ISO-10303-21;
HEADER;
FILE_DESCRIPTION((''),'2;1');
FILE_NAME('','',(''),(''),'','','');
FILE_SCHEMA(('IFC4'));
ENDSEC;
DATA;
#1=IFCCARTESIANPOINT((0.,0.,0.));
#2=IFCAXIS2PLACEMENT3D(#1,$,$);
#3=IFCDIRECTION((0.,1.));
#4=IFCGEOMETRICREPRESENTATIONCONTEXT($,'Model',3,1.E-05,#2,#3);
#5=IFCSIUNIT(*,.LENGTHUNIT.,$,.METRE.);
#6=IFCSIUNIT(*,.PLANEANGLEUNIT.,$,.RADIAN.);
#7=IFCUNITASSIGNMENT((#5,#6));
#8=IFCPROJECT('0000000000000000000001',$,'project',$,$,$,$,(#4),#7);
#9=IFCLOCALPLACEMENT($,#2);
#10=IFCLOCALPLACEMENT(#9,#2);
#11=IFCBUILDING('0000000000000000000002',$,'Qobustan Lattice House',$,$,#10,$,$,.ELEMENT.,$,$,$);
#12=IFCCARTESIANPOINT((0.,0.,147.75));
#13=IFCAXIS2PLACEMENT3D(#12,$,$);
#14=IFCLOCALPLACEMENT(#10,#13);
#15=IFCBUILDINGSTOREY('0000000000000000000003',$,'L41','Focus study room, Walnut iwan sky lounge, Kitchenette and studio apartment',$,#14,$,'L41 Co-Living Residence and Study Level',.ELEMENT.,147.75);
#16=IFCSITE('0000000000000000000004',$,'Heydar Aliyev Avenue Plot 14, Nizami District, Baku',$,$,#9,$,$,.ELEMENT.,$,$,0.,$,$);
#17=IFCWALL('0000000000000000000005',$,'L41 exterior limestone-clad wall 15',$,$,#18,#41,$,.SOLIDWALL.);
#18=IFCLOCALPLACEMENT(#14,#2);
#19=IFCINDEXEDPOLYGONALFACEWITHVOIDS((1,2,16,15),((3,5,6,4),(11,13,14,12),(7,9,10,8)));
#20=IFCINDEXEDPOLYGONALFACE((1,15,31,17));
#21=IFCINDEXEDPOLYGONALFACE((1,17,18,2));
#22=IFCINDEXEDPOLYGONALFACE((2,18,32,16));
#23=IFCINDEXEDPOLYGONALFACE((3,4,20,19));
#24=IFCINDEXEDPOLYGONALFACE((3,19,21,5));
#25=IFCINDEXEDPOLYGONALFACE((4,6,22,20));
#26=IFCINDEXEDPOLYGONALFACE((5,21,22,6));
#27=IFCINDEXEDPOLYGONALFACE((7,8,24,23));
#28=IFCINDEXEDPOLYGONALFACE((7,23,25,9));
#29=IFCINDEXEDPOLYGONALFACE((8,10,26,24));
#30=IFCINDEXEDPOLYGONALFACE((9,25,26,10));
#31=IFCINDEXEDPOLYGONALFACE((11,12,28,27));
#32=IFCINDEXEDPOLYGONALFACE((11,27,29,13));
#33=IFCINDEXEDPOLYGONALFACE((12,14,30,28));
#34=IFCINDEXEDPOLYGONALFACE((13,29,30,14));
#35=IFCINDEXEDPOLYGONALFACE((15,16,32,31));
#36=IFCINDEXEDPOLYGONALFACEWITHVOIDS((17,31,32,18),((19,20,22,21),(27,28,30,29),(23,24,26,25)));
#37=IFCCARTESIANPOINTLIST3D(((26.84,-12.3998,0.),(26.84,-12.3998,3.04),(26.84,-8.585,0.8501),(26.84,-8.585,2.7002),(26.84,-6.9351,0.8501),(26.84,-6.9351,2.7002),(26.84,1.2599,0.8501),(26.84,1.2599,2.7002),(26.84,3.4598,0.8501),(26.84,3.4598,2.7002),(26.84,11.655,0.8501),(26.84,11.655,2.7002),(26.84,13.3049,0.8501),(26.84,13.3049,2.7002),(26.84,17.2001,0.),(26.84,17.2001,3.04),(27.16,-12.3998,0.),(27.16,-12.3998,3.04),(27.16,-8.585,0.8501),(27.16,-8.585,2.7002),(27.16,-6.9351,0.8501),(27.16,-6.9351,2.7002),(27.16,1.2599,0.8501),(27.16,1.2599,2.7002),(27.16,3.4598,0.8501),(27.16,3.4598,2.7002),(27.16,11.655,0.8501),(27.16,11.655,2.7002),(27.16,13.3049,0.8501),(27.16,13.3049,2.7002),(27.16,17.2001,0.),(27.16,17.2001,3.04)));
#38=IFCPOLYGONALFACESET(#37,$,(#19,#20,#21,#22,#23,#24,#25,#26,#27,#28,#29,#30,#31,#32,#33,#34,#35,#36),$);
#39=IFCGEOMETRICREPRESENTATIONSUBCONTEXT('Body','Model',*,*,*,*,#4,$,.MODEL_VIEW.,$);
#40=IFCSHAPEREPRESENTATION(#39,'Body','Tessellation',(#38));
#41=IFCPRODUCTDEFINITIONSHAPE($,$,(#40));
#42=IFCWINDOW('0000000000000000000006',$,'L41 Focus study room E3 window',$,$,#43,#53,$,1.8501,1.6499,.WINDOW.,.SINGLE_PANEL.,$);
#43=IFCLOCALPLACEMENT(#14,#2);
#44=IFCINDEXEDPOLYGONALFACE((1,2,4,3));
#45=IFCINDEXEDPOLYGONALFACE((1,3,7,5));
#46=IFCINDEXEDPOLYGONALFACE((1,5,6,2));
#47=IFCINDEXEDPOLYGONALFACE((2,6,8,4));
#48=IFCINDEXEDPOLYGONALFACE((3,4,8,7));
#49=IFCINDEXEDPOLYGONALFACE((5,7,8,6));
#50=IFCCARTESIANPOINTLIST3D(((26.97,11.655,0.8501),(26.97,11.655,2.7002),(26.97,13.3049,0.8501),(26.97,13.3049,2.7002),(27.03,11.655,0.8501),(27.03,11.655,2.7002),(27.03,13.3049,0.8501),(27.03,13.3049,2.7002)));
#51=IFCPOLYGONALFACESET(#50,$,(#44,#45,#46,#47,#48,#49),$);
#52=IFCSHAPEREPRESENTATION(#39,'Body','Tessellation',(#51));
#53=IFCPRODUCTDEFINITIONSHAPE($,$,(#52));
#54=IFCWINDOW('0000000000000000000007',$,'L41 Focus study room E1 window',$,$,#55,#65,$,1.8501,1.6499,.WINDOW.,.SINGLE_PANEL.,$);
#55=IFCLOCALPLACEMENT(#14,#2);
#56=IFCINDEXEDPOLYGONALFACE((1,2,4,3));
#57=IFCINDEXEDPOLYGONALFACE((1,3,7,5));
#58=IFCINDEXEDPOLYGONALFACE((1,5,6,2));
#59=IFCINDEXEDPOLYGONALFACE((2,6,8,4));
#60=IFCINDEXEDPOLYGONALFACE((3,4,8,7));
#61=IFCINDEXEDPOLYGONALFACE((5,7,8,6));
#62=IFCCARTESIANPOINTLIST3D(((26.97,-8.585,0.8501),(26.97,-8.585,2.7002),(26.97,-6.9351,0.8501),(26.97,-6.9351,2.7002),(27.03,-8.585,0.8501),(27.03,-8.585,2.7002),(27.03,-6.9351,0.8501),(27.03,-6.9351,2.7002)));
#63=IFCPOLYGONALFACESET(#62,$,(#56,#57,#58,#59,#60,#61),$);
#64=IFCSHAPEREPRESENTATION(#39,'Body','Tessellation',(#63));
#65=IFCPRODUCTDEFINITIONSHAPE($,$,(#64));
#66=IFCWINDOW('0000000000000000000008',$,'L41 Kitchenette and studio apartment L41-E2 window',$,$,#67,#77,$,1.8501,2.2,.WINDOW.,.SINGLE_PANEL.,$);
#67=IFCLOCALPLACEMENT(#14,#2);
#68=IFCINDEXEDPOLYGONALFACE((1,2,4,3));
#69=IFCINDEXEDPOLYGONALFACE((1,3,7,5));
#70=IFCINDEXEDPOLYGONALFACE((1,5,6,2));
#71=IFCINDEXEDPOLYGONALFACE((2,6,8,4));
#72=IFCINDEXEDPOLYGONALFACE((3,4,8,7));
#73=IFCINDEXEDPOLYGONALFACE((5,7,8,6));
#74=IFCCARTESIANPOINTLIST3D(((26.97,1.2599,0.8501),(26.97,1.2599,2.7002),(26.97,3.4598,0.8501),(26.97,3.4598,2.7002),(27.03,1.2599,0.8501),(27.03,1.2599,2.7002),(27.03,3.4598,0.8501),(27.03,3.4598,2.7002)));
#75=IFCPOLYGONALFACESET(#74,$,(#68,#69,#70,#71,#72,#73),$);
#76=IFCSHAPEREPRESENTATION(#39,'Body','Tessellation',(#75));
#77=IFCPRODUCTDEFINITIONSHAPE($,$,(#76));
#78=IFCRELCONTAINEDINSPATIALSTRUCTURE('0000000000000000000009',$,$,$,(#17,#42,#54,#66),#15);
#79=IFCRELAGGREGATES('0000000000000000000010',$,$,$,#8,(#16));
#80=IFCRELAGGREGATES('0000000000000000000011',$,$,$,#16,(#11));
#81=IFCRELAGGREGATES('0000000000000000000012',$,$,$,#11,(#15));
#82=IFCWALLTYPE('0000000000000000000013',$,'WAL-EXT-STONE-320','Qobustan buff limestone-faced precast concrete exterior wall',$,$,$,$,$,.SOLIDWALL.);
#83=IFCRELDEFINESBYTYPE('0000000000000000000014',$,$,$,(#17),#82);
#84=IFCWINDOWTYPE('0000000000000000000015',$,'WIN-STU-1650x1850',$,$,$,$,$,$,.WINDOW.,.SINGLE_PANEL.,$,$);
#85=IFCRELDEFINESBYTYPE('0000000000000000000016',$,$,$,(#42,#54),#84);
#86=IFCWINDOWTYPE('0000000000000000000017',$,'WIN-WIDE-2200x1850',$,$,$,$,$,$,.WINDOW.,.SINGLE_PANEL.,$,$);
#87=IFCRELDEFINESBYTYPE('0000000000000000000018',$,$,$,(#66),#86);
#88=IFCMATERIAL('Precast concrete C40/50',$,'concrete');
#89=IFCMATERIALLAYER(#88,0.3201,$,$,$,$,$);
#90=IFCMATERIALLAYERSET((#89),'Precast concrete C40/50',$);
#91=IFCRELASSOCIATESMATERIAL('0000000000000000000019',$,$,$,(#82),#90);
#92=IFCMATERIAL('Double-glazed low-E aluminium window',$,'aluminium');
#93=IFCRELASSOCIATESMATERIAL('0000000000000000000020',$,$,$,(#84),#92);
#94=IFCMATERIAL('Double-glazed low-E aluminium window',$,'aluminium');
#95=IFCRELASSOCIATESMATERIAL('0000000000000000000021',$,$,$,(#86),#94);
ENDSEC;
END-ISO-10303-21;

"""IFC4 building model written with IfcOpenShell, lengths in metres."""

from ifc_helpers import new_model, si_unit, direction, frame, frame_2d, origin, place, context, subcontext, project, spatial, rectangle, extrude, material, layer, layer_set, type_object, element, fill, save


model = new_model("IFC4")

# Units and contexts
model_context = context("Model", 3, precision=1e-05, world=origin(), true_north=direction((0.0, 1.0)))
body_context = subcontext(model_context, "Body", "Model", "MODEL_VIEW")
ifc_project = project(units=[si_unit("LENGTHUNIT", "METRE"), si_unit("PLANEANGLEUNIT", "RADIAN")], contexts=[model_context])

# Site, building, storey
site_placement = place(None, origin())
site = spatial("IfcSite", under=ifc_project, at=site_placement, Name="Heydar Aliyev Avenue Plot 14, Nizami District, Baku", CompositionType="ELEMENT", RefElevation=0.0)
building_placement = place(site_placement, origin())
building = spatial("IfcBuilding", under=site, at=building_placement, Name="Qobustan Lattice House", CompositionType="ELEMENT")
storey_placement = place(building_placement, frame((0.0, 0.0, 147.75)))
storey = spatial("IfcBuildingStorey", under=building, at=storey_placement, Name="L41", Description="Focus study room, Walnut iwan sky lounge, Kitchenette and studio apartment", LongName="L41 Co-Living Residence and Study Level", CompositionType="ELEMENT", Elevation=147.75)

# Shared definitions
ifc_material_1 = material(Name="Precast concrete C40/50", Category="concrete")
ifc_layer_1 = layer(ifc_material_1, 0.3201)
ifc_layer_set_1 = layer_set([ifc_layer_1], Name="Precast concrete C40/50")
wall_type = type_object("IfcWallType", Name="WAL-EXT-STONE-320", Description="Qobustan buff limestone-faced precast concrete exterior wall", PredefinedType="SOLIDWALL", material=ifc_layer_set_1)

# Wall, openings, windows
wall_1_placement = place(storey_placement, frame((27.0, 17.2, 0.0), z_axis=(0.0, 0.0, 1.0), x_axis=(0.0, -1.0, 0.0)))
wall_1 = element("IfcWall", 1, at=wall_1_placement, inside=storey, type_object=wall_type, Name="L41 exterior limestone-clad wall 15", PredefinedType="SOLIDWALL", context=body_context, shape_type="SweptSolid", body=[
    extrude(rectangle(XDim=29.5999, YDim=0.3201, at=frame_2d((14.7998, 0.0))), origin(), (0.0, 0.0, 1.0), 3.04),
])
opening_1_placement = place(wall_1_placement, frame((3.895, 0.0, 0.8501)))
opening_1 = element("IfcOpeningElement", 2, at=opening_1_placement, cuts=wall_1, PredefinedType="OPENING", context=body_context, shape_type="SweptSolid", body=[
    extrude(rectangle(XDim=1.6499, YDim=1.8501, at=frame_2d((0.825, 0.925))), frame((0.0, 0.1699, 0.0), z_axis=(0.0, -1.0, 0.0), x_axis=(1.0, 0.0, 0.0)), (0.0, 0.0, 1.0), 0.3401),
])
opening_2_placement = place(wall_1_placement, frame((13.74, 0.0, 0.8501)))
opening_2 = element("IfcOpeningElement", 3, at=opening_2_placement, cuts=wall_1, PredefinedType="OPENING", context=body_context, shape_type="SweptSolid", body=[
    extrude(rectangle(XDim=2.2, YDim=1.8501, at=frame_2d((1.1001, 0.925))), frame((0.0, 0.1699, 0.0), z_axis=(0.0, -1.0, 0.0), x_axis=(1.0, 0.0, 0.0)), (0.0, 0.0, 1.0), 0.3401),
])
opening_3_placement = place(wall_1_placement, frame((24.135, 0.0, 0.8501)))
opening_3 = element("IfcOpeningElement", 4, at=opening_3_placement, cuts=wall_1, PredefinedType="OPENING", context=body_context, shape_type="SweptSolid", body=[
    extrude(rectangle(XDim=1.6499, YDim=1.8501, at=frame_2d((0.825, 0.925))), frame((0.0, 0.1699, 0.0), z_axis=(0.0, -1.0, 0.0), x_axis=(1.0, 0.0, 0.0)), (0.0, 0.0, 1.0), 0.3401),
])
ifc_material_2 = material(Name="Double-glazed low-E aluminium window", Category="aluminium")
window_type_1 = type_object("IfcWindowType", Name="WIN-STU-1650x1850", PartitioningType="SINGLE_PANEL", PredefinedType="WINDOW", material=ifc_material_2)
window_1_placement = place(opening_1_placement, origin())
window_1 = element("IfcWindow", 5, at=window_1_placement, inside=storey, type_object=window_type_1, Name="L41 Focus study room E3 window", OverallHeight=1.8501, OverallWidth=1.6499, PartitioningType="SINGLE_PANEL", PredefinedType="WINDOW", context=body_context, shape_type="SweptSolid", body=[
    extrude(rectangle(XDim=1.6499, YDim=1.8501, at=frame_2d((0.825, 0.925))), frame((0.0, 0.03, 0.0), z_axis=(0.0, -1.0, 0.0), x_axis=(1.0, 0.0, 0.0)), (0.0, 0.0, 1.0), 0.0601),
])
fill(opening_1, window_1)
window_2_placement = place(opening_3_placement, origin())
window_2 = element("IfcWindow", 6, at=window_2_placement, inside=storey, type_object=window_type_1, Name="L41 Focus study room E1 window", OverallHeight=1.8501, OverallWidth=1.6499, PartitioningType="SINGLE_PANEL", PredefinedType="WINDOW", context=body_context, shape_type="SweptSolid", body=[
    extrude(rectangle(XDim=1.6499, YDim=1.8501, at=frame_2d((0.825, 0.925))), frame((0.0, 0.03, 0.0), z_axis=(0.0, -1.0, 0.0), x_axis=(1.0, 0.0, 0.0)), (0.0, 0.0, 1.0), 0.0601),
])
fill(opening_3, window_2)
ifc_material_3 = material(Name="Double-glazed low-E aluminium window", Category="aluminium")
window_type_2 = type_object("IfcWindowType", Name="WIN-WIDE-2200x1850", PartitioningType="SINGLE_PANEL", PredefinedType="WINDOW", material=ifc_material_3)
window_3_placement = place(opening_2_placement, origin())
window_3 = element("IfcWindow", 7, at=window_3_placement, inside=storey, type_object=window_type_2, Name="L41 Kitchenette and studio apartment L41-E2 window", OverallHeight=1.8501, OverallWidth=2.2, PartitioningType="SINGLE_PANEL", PredefinedType="WINDOW", context=body_context, shape_type="SweptSolid", body=[
    extrude(rectangle(XDim=2.2, YDim=1.8501, at=frame_2d((1.1001, 0.925))), frame((0.0, 0.03, 0.0), z_axis=(0.0, -1.0, 0.0), x_axis=(1.0, 0.0, 0.0)), (0.0, 0.0, 1.0), 0.0601),
])
fill(opening_2, window_3)

save(model, "model.ifc")
